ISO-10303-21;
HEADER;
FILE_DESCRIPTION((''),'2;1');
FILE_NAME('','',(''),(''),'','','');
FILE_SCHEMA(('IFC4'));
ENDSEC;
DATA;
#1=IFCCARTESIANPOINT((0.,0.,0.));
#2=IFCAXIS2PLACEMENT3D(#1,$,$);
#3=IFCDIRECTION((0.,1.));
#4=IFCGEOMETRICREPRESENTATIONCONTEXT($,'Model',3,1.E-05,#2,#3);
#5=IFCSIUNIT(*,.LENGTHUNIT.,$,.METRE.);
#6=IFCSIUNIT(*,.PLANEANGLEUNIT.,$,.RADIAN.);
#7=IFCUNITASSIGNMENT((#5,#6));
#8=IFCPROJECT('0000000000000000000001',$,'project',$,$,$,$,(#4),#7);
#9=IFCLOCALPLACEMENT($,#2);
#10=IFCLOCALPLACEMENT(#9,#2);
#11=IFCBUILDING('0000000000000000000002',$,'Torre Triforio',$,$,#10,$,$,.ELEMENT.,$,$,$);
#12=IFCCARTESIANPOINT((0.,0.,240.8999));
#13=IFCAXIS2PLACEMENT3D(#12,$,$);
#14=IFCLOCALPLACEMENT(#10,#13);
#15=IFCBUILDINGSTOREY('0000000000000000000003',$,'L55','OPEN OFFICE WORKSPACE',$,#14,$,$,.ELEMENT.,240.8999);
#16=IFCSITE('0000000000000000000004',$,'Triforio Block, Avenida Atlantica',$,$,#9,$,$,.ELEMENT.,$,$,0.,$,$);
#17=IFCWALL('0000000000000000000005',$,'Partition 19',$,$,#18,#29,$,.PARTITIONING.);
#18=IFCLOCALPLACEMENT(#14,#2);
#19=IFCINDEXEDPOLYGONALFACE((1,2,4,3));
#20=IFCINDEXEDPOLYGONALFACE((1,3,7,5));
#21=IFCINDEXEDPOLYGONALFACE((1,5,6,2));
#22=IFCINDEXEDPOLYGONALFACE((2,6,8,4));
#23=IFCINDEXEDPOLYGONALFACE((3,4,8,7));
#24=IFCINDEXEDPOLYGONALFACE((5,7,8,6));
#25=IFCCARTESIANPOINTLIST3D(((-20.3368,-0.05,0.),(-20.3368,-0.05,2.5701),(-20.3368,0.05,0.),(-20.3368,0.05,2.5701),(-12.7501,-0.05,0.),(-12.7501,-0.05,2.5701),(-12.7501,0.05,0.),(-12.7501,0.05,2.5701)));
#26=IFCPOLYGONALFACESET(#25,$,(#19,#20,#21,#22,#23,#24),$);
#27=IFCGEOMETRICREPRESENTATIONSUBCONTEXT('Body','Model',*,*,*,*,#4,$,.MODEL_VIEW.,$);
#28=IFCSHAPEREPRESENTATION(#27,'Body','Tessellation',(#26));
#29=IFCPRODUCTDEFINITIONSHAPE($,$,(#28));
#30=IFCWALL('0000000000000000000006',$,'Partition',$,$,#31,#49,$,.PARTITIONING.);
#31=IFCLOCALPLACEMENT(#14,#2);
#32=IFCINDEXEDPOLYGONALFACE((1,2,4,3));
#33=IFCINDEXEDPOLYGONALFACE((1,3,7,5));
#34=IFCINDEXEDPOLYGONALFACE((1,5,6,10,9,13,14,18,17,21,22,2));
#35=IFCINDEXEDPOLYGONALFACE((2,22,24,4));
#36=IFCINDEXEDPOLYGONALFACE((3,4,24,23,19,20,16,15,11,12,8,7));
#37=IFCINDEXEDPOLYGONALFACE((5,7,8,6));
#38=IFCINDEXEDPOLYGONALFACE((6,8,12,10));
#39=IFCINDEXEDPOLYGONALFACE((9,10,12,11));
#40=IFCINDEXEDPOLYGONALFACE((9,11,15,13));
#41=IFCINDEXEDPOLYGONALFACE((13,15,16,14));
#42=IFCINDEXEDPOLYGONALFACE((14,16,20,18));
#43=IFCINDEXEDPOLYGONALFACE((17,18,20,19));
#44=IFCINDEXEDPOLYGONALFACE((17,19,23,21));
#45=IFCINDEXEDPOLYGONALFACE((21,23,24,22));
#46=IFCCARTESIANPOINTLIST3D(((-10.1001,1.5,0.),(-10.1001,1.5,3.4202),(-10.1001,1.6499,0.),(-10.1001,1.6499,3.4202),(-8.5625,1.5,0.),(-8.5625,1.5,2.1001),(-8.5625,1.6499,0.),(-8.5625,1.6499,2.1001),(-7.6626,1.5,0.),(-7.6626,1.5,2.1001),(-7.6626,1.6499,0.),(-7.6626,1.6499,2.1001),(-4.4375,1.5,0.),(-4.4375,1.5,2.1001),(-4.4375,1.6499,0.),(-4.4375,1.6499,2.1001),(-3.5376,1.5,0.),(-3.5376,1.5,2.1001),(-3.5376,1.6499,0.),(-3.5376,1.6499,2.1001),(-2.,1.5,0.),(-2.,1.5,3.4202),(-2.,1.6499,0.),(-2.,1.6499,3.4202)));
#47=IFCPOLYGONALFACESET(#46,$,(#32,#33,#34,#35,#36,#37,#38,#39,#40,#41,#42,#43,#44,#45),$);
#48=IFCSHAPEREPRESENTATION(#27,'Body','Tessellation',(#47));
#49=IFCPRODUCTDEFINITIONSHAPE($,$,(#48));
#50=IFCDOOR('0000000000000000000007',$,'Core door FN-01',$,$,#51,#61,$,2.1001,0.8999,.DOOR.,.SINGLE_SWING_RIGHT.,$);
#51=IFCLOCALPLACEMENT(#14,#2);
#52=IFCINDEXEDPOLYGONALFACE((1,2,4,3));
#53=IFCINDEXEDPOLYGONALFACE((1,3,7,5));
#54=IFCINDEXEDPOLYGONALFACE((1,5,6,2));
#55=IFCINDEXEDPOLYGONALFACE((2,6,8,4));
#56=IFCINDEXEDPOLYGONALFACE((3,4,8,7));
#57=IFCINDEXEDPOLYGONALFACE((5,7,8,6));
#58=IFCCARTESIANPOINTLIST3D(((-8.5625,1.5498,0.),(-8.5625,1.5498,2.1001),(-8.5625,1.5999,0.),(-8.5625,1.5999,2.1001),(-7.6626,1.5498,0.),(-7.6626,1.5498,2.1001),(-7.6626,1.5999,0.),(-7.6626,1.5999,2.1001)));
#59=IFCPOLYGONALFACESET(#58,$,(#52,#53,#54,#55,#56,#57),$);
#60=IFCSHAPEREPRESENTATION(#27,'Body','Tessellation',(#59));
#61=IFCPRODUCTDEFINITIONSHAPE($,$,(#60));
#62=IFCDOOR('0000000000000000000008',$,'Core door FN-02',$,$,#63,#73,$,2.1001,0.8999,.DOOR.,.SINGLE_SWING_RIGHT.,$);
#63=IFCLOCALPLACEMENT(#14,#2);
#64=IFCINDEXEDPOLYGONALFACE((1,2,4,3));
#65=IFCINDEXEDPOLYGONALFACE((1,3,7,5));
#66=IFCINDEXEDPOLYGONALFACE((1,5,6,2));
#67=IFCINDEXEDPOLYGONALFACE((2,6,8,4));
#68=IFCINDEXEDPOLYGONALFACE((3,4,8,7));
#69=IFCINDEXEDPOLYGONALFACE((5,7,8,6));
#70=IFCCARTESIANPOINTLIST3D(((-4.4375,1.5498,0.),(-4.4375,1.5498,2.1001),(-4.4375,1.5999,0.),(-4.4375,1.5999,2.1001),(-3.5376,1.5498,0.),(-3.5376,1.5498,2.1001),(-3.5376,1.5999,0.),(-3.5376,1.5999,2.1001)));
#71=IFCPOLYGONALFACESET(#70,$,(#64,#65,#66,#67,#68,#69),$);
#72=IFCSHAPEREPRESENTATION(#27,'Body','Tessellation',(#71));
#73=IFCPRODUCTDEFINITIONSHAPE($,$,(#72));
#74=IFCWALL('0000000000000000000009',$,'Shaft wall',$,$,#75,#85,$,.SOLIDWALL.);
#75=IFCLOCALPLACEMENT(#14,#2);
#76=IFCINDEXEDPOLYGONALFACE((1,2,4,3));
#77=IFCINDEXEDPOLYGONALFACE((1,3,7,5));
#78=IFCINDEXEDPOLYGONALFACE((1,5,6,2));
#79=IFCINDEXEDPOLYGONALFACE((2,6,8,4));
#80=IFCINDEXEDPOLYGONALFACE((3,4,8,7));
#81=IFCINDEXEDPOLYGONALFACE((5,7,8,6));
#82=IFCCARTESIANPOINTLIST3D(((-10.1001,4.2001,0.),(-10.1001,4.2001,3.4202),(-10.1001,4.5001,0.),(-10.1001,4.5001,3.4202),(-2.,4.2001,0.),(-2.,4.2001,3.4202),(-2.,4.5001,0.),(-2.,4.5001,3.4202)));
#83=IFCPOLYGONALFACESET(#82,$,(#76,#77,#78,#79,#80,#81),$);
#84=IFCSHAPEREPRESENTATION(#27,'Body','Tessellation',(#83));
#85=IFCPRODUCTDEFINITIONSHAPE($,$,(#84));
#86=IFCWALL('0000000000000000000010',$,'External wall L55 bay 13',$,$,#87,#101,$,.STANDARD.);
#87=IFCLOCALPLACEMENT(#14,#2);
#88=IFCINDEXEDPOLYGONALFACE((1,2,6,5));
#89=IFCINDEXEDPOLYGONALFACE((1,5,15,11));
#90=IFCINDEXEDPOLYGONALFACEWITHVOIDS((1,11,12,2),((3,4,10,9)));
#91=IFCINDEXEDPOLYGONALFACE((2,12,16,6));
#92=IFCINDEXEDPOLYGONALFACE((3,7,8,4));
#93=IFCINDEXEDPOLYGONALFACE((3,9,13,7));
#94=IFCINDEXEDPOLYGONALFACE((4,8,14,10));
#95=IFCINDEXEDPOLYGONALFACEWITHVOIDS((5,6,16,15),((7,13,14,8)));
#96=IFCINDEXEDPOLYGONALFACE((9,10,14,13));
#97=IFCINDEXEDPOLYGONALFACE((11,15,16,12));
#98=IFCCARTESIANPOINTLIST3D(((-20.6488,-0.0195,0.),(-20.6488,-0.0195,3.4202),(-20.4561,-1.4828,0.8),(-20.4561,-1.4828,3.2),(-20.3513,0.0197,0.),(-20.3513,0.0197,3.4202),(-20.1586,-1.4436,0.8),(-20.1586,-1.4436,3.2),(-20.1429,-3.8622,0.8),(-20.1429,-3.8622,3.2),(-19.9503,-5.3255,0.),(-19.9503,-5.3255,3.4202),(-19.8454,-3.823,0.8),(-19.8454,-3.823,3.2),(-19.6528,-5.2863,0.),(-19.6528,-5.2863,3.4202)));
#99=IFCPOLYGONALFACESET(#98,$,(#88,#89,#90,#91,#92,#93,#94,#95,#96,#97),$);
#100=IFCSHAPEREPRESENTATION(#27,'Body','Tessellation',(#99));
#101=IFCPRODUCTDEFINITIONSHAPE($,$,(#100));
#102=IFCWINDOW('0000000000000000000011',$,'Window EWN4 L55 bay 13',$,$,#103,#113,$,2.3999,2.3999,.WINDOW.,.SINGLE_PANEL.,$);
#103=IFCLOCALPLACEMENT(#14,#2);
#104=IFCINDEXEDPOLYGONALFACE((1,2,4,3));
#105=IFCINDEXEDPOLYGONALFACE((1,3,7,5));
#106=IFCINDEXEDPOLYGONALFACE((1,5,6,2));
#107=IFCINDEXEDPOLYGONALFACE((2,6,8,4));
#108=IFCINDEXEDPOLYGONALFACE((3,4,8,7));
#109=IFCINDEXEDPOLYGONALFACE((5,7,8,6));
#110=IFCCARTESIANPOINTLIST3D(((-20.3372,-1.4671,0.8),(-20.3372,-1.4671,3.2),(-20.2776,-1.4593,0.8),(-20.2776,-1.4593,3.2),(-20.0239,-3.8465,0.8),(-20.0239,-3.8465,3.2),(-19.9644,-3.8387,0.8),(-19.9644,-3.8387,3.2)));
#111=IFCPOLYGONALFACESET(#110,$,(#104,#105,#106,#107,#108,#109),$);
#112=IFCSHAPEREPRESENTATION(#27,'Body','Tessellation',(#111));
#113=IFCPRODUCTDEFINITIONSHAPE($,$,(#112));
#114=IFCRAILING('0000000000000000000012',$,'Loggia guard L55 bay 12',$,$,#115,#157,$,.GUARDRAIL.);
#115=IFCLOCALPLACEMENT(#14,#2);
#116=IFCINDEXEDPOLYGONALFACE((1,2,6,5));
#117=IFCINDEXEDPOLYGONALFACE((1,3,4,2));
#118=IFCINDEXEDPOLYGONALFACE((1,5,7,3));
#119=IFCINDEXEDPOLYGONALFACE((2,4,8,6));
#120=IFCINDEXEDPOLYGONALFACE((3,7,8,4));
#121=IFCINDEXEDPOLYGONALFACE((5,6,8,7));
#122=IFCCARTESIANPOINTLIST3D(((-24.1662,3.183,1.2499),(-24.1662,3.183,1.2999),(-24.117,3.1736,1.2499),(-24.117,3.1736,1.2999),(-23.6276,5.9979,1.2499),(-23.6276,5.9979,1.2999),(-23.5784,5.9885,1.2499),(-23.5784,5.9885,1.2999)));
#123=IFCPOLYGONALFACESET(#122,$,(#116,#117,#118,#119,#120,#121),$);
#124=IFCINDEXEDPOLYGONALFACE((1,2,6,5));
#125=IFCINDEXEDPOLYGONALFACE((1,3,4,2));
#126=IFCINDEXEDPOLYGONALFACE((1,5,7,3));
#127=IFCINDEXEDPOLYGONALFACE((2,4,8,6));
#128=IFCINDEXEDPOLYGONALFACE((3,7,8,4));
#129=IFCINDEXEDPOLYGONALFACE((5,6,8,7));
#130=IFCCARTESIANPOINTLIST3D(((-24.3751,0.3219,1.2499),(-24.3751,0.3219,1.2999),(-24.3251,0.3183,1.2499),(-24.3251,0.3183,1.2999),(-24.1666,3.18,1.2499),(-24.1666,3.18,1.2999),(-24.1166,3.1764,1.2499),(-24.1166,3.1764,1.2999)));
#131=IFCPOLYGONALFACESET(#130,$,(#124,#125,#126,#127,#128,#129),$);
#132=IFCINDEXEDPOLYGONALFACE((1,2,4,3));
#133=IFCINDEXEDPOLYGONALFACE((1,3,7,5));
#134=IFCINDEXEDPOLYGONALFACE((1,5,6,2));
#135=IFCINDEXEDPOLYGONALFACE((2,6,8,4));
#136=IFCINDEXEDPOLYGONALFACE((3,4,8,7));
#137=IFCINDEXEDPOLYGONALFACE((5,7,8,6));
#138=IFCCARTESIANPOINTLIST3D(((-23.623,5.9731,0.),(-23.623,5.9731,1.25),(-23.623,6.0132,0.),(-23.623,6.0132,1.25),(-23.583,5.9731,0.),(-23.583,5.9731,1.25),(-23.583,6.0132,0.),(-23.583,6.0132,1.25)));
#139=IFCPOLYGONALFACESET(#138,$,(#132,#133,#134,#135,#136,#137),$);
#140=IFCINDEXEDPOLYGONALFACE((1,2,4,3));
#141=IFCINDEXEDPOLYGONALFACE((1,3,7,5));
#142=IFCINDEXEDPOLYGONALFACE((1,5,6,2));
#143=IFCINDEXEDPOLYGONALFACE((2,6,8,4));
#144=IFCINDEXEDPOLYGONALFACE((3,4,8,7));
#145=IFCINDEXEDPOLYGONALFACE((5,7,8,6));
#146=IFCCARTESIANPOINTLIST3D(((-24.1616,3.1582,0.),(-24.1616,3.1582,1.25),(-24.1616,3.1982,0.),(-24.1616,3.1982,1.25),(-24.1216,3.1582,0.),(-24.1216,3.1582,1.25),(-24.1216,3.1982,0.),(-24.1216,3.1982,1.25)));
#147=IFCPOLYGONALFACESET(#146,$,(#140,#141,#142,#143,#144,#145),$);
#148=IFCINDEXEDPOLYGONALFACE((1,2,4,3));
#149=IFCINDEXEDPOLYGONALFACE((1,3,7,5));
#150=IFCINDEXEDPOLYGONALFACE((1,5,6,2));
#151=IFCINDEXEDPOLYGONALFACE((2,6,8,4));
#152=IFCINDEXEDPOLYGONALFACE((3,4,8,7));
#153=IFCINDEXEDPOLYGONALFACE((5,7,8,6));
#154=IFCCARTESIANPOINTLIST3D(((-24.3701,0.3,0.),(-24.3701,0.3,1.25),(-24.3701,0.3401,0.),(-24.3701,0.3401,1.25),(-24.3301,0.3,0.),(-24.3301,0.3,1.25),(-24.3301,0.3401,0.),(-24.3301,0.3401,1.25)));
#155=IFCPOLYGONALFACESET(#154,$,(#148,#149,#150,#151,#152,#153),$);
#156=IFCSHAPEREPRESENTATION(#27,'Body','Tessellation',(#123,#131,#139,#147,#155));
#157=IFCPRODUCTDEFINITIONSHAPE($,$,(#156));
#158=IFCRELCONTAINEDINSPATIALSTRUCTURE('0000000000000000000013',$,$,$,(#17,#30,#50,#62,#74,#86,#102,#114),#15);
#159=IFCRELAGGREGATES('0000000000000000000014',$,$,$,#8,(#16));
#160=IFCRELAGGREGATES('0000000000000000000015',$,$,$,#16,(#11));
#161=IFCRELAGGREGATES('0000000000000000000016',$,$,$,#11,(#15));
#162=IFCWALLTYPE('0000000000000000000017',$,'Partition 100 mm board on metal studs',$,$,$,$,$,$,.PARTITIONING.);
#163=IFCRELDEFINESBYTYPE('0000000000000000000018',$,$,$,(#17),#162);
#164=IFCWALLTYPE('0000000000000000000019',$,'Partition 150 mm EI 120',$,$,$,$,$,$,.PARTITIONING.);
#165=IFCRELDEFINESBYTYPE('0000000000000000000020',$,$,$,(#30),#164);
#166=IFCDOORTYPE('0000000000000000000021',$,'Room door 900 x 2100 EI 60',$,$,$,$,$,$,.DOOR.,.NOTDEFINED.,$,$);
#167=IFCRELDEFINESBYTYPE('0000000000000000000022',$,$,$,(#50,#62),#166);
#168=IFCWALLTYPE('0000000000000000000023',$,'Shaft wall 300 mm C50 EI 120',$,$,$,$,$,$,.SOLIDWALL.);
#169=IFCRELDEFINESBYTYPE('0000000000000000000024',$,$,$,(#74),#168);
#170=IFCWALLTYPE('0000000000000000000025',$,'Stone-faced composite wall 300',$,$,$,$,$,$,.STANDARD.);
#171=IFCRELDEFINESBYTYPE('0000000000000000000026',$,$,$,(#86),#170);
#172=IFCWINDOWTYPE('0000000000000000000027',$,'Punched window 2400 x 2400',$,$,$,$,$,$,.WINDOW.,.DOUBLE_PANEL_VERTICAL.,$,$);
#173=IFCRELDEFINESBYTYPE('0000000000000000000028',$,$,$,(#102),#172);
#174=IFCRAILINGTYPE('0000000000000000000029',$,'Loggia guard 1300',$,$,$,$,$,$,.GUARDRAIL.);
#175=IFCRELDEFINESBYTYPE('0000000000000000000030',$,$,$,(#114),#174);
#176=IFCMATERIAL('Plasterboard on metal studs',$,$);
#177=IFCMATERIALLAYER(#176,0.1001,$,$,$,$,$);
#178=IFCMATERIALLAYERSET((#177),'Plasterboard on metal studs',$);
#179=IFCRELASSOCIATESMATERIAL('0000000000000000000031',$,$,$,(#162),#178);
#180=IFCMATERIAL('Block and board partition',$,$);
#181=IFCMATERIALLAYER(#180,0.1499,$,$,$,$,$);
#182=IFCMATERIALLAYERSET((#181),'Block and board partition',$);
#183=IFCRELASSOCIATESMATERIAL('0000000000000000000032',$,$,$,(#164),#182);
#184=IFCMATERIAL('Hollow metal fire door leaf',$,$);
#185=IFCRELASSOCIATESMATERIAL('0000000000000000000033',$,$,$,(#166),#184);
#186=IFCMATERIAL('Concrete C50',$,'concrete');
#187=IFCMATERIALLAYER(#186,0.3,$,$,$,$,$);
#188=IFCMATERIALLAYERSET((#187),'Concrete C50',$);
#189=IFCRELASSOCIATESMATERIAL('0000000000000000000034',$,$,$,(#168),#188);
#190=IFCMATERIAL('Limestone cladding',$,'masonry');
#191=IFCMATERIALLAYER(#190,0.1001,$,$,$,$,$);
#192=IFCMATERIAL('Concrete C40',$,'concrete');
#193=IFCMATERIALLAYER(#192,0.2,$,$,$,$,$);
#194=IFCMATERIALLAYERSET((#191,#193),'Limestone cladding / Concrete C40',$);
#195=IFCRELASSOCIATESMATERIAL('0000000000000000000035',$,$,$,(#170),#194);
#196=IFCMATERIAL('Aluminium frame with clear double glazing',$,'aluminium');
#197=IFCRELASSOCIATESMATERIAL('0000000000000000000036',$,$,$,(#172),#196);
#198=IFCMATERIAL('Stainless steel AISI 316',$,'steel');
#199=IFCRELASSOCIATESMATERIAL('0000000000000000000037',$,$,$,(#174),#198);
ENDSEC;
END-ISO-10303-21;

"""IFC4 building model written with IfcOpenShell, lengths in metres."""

from ifc_helpers import new_model, si_unit, direction, frame, frame_2d, origin, origin_2d, place, context, subcontext, project, spatial, rectangle, extrude, material, layer, layer_set, type_object, element, fill, save


model = new_model("IFC4")

# Units and contexts
model_context = context("Model", 3, precision=1e-05, world=origin(), true_north=direction((0.0, 1.0)))
body_context = subcontext(model_context, "Body", "Model", "MODEL_VIEW")
ifc_project = project(units=[si_unit("LENGTHUNIT", "METRE"), si_unit("PLANEANGLEUNIT", "RADIAN")], contexts=[model_context])

# Site, building, storey
site_placement = place(None, origin())
site = spatial("IfcSite", under=ifc_project, at=site_placement, Name="Triforio Block, Avenida Atlantica", CompositionType="ELEMENT", RefElevation=0.0)
building_placement = place(site_placement, origin())
building = spatial("IfcBuilding", under=site, at=building_placement, Name="Torre Triforio", CompositionType="ELEMENT")
storey_placement = place(building_placement, frame((0.0, 0.0, 240.8999)))
storey = spatial("IfcBuildingStorey", under=building, at=storey_placement, Name="L55", Description="OPEN OFFICE WORKSPACE", CompositionType="ELEMENT", Elevation=240.8999)

# Shared definitions
ifc_material_1 = material(Name="Concrete C50", Category="concrete")

# Shared definitions
ifc_material_2 = material(Name="Concrete C40", Category="concrete")

# Shared definitions
ifc_material_3 = material(Name="Hollow metal fire door leaf")

# Shared definitions
ifc_material_4 = material(Name="Plasterboard on metal studs")

# Wall
ifc_layer_1 = layer(ifc_material_4, 0.1001)
ifc_layer_set_1 = layer_set([ifc_layer_1], Name="Plasterboard on metal studs")
wall_type_1 = type_object("IfcWallType", Name="Partition 100 mm board on metal studs", PredefinedType="PARTITIONING", material=ifc_layer_set_1)
wall_1_placement = place(storey_placement, frame((-12.75, 0.0, 0.0), z_axis=(0.0, 0.0, 1.0), x_axis=(-1.0, 0.0, 0.0)))
element("IfcWall", 1, at=wall_1_placement, inside=storey, type_object=wall_type_1, Name="Partition 19", PredefinedType="PARTITIONING", context=body_context, shape_type="SweptSolid", body=[
    extrude(rectangle(XDim=7.5867, YDim=0.1001, at=frame_2d((3.7935, 0.0))), origin(), (0.0, 0.0, 1.0), 2.5701),
])

# Wall, openings, doors
ifc_material_5 = material(Name="Block and board partition")
ifc_layer_2 = layer(ifc_material_5, 0.1499)
ifc_layer_set_2 = layer_set([ifc_layer_2], Name="Block and board partition")
wall_type_2 = type_object("IfcWallType", Name="Partition 150 mm EI 120", PredefinedType="PARTITIONING", material=ifc_layer_set_2)
wall_2_placement = place(storey_placement, frame((-10.1001, 1.575, 0.0), z_axis=(0.0, 0.0, 1.0), x_axis=(1.0, 0.0, 0.0)))
wall_2 = element("IfcWall", 2, at=wall_2_placement, inside=storey, type_object=wall_type_2, Name="Partition", PredefinedType="PARTITIONING", context=body_context, shape_type="SweptSolid", body=[
    extrude(rectangle(XDim=8.1001, YDim=0.1499, at=frame_2d((4.05, 0.0))), origin(), (0.0, 0.0, 1.0), 3.4202),
])
opening_1_placement = place(wall_2_placement, frame((1.5376, 0.0, 0.0)))
opening_1 = element("IfcOpeningElement", 3, at=opening_1_placement, cuts=wall_2, PredefinedType="OPENING", context=body_context, shape_type="SweptSolid", body=[
    extrude(rectangle(XDim=0.8999, YDim=2.1001, at=frame_2d((0.45, 1.05))), frame((0.0, 0.085, 0.0), z_axis=(0.0, -1.0, 0.0), x_axis=(1.0, 0.0, 0.0)), (0.0, 0.0, 1.0), 0.1699),
])
opening_2_placement = place(wall_2_placement, frame((5.6626, 0.0, 0.0)))
opening_2 = element("IfcOpeningElement", 4, at=opening_2_placement, cuts=wall_2, PredefinedType="OPENING", context=body_context, shape_type="SweptSolid", body=[
    extrude(rectangle(XDim=0.8999, YDim=2.1001, at=frame_2d((0.45, 1.05))), frame((0.0, 0.085, 0.0), z_axis=(0.0, -1.0, 0.0), x_axis=(1.0, 0.0, 0.0)), (0.0, 0.0, 1.0), 0.1699),
])
door_type_1 = type_object("IfcDoorType", Name="Room door 900 x 2100 EI 60", OperationType="NOTDEFINED", PredefinedType="DOOR", material=ifc_material_3)
door_1_placement = place(opening_1_placement, origin())
door_1 = element("IfcDoor", 5, at=door_1_placement, inside=storey, type_object=door_type_1, Name="Core door FN-01", OperationType="SINGLE_SWING_RIGHT", OverallHeight=2.1001, OverallWidth=0.8999, PredefinedType="DOOR", context=body_context, shape_type="SweptSolid", body=[
    extrude(rectangle(XDim=0.8999, YDim=2.1001, at=frame_2d((0.45, 1.05))), frame((0.0, 0.0249, 0.0), z_axis=(0.0, -1.0, 0.0), x_axis=(1.0, 0.0, 0.0)), (0.0, 0.0, 1.0), 0.05),
])
fill(opening_1, door_1)
door_2_placement = place(opening_2_placement, origin())
door_2 = element("IfcDoor", 6, at=door_2_placement, inside=storey, type_object=door_type_1, Name="Core door FN-02", OperationType="SINGLE_SWING_RIGHT", OverallHeight=2.1001, OverallWidth=0.8999, PredefinedType="DOOR", context=body_context, shape_type="SweptSolid", body=[
    extrude(rectangle(XDim=0.8999, YDim=2.1001, at=frame_2d((0.45, 1.05))), frame((0.0, 0.0249, 0.0), z_axis=(0.0, -1.0, 0.0), x_axis=(1.0, 0.0, 0.0)), (0.0, 0.0, 1.0), 0.05),
])
fill(opening_2, door_2)

# Wall
ifc_layer_3 = layer(ifc_material_1, 0.3)
ifc_layer_set_3 = layer_set([ifc_layer_3], Name="Concrete C50")
wall_type_3 = type_object("IfcWallType", Name="Shaft wall 300 mm C50 EI 120", PredefinedType="SOLIDWALL", material=ifc_layer_set_3)
wall_3_placement = place(storey_placement, frame((-10.1001, 4.3501, 0.0), z_axis=(0.0, 0.0, 1.0), x_axis=(1.0, 0.0, 0.0)))
element("IfcWall", 7, at=wall_3_placement, inside=storey, type_object=wall_type_3, Name="Shaft wall", PredefinedType="SOLIDWALL", context=body_context, shape_type="SweptSolid", body=[
    extrude(rectangle(XDim=8.1001, YDim=0.3, at=frame_2d((4.05, 0.0))), origin(), (0.0, 0.0, 1.0), 3.4202),
])

# Shared definitions
ifc_material_6 = material(Name="Limestone cladding", Category="masonry")
ifc_layer_4 = layer(ifc_material_6, 0.1001)
ifc_layer_5 = layer(ifc_material_2, 0.2)
ifc_layer_set_4 = layer_set([ifc_layer_4, ifc_layer_5], Name="Limestone cladding / Concrete C40")
wall_type_4 = type_object("IfcWallType", Name="Stone-faced composite wall 300", PredefinedType="STANDARD", material=ifc_layer_set_4)
ifc_material_7 = material(Name="Aluminium frame with clear double glazing", Category="aluminium")

# Wall, opening, window
wall_4_placement = place(storey_placement, frame((-20.5, 0.0, 0.0), z_axis=(0.0, 0.0, 1.0), x_axis=(0.130517, -0.991446, 0.0)))
wall_4 = element("IfcWall", 8, at=wall_4_placement, inside=storey, type_object=wall_type_4, Name="External wall L55 bay 13", PredefinedType="STANDARD", context=body_context, shape_type="SweptSolid", body=[
    extrude(rectangle(XDim=5.3518, YDim=0.3, at=frame_2d((2.6758, 0.0))), origin(), (0.0, 0.0, 1.0), 3.4202),
])
opening_3_placement = place(wall_4_placement, frame((1.4758, 0.0, 0.8)))
opening_3 = element("IfcOpeningElement", 9, at=opening_3_placement, cuts=wall_4, PredefinedType="OPENING", context=body_context, shape_type="SweptSolid", body=[
    extrude(rectangle(XDim=2.3999, YDim=2.3999, at=frame_2d((1.2, 1.2))), frame((0.0, 0.1599, 0.0), z_axis=(0.0, -1.0, 0.0), x_axis=(1.0, 0.0, 0.0)), (0.0, 0.0, 1.0), 0.3201),
])
window_type_1 = type_object("IfcWindowType", Name="Punched window 2400 x 2400", PartitioningType="DOUBLE_PANEL_VERTICAL", PredefinedType="WINDOW", material=ifc_material_7)
window_1_placement = place(opening_3_placement, origin())
window_1 = element("IfcWindow", 10, at=window_1_placement, inside=storey, type_object=window_type_1, Name="Window EWN4 L55 bay 13", OverallHeight=2.3999, OverallWidth=2.3999, PartitioningType="SINGLE_PANEL", PredefinedType="WINDOW", context=body_context, shape_type="SweptSolid", body=[
    extrude(rectangle(XDim=2.3999, YDim=2.3999, at=frame_2d((1.2, 1.2))), frame((0.0, 0.03, 0.0), z_axis=(0.0, -1.0, 0.0), x_axis=(1.0, 0.0, 0.0)), (0.0, 0.0, 1.0), 0.0601),
])
fill(opening_3, window_1)

# Railing
ifc_material_8 = material(Name="Stainless steel AISI 316", Category="steel")
railing_type = type_object("IfcRailingType", Name="Loggia guard 1300", PredefinedType="GUARDRAIL", material=ifc_material_8)
railing_placement = place(storey_placement, frame((-23.603, 5.9932, 0.0)))
element("IfcRailing", 11, at=railing_placement, inside=storey, type_object=railing_type, Name="Loggia guard L55 bay 12", PredefinedType="GUARDRAIL", context=body_context, shape_type="SweptSolid", body=[
    extrude(rectangle(XDim=0.05, YDim=0.05, at=origin_2d()), frame((0.0, 0.0, 1.2749), z_axis=(-0.187918, -0.982185, 0.0), x_axis=(0.982185, -0.187918, 0.0)), (0.0, 0.0, 1.0), 2.866),
    extrude(rectangle(XDim=0.05, YDim=0.05, at=origin_2d()), frame((-0.5386, -2.8149, 1.2749), z_axis=(-0.072754, -0.99735, 0.0), x_axis=(0.99735, -0.072754, 0.0)), (0.0, 0.0, 1.0), 2.8657),
    extrude(rectangle(XDim=0.04, YDim=0.04, at=origin_2d()), origin(), (0.0, 0.0, 1.0), 1.25),
    extrude(rectangle(XDim=0.04, YDim=0.04, at=origin_2d()), frame((-0.5386, -2.8149, 0.0)), (0.0, 0.0, 1.0), 1.25),
    extrude(rectangle(XDim=0.04, YDim=0.04, at=origin_2d()), frame((-0.7471, -5.6731, 0.0)), (0.0, 0.0, 1.0), 1.25),
])

save(model, "model.ifc")
